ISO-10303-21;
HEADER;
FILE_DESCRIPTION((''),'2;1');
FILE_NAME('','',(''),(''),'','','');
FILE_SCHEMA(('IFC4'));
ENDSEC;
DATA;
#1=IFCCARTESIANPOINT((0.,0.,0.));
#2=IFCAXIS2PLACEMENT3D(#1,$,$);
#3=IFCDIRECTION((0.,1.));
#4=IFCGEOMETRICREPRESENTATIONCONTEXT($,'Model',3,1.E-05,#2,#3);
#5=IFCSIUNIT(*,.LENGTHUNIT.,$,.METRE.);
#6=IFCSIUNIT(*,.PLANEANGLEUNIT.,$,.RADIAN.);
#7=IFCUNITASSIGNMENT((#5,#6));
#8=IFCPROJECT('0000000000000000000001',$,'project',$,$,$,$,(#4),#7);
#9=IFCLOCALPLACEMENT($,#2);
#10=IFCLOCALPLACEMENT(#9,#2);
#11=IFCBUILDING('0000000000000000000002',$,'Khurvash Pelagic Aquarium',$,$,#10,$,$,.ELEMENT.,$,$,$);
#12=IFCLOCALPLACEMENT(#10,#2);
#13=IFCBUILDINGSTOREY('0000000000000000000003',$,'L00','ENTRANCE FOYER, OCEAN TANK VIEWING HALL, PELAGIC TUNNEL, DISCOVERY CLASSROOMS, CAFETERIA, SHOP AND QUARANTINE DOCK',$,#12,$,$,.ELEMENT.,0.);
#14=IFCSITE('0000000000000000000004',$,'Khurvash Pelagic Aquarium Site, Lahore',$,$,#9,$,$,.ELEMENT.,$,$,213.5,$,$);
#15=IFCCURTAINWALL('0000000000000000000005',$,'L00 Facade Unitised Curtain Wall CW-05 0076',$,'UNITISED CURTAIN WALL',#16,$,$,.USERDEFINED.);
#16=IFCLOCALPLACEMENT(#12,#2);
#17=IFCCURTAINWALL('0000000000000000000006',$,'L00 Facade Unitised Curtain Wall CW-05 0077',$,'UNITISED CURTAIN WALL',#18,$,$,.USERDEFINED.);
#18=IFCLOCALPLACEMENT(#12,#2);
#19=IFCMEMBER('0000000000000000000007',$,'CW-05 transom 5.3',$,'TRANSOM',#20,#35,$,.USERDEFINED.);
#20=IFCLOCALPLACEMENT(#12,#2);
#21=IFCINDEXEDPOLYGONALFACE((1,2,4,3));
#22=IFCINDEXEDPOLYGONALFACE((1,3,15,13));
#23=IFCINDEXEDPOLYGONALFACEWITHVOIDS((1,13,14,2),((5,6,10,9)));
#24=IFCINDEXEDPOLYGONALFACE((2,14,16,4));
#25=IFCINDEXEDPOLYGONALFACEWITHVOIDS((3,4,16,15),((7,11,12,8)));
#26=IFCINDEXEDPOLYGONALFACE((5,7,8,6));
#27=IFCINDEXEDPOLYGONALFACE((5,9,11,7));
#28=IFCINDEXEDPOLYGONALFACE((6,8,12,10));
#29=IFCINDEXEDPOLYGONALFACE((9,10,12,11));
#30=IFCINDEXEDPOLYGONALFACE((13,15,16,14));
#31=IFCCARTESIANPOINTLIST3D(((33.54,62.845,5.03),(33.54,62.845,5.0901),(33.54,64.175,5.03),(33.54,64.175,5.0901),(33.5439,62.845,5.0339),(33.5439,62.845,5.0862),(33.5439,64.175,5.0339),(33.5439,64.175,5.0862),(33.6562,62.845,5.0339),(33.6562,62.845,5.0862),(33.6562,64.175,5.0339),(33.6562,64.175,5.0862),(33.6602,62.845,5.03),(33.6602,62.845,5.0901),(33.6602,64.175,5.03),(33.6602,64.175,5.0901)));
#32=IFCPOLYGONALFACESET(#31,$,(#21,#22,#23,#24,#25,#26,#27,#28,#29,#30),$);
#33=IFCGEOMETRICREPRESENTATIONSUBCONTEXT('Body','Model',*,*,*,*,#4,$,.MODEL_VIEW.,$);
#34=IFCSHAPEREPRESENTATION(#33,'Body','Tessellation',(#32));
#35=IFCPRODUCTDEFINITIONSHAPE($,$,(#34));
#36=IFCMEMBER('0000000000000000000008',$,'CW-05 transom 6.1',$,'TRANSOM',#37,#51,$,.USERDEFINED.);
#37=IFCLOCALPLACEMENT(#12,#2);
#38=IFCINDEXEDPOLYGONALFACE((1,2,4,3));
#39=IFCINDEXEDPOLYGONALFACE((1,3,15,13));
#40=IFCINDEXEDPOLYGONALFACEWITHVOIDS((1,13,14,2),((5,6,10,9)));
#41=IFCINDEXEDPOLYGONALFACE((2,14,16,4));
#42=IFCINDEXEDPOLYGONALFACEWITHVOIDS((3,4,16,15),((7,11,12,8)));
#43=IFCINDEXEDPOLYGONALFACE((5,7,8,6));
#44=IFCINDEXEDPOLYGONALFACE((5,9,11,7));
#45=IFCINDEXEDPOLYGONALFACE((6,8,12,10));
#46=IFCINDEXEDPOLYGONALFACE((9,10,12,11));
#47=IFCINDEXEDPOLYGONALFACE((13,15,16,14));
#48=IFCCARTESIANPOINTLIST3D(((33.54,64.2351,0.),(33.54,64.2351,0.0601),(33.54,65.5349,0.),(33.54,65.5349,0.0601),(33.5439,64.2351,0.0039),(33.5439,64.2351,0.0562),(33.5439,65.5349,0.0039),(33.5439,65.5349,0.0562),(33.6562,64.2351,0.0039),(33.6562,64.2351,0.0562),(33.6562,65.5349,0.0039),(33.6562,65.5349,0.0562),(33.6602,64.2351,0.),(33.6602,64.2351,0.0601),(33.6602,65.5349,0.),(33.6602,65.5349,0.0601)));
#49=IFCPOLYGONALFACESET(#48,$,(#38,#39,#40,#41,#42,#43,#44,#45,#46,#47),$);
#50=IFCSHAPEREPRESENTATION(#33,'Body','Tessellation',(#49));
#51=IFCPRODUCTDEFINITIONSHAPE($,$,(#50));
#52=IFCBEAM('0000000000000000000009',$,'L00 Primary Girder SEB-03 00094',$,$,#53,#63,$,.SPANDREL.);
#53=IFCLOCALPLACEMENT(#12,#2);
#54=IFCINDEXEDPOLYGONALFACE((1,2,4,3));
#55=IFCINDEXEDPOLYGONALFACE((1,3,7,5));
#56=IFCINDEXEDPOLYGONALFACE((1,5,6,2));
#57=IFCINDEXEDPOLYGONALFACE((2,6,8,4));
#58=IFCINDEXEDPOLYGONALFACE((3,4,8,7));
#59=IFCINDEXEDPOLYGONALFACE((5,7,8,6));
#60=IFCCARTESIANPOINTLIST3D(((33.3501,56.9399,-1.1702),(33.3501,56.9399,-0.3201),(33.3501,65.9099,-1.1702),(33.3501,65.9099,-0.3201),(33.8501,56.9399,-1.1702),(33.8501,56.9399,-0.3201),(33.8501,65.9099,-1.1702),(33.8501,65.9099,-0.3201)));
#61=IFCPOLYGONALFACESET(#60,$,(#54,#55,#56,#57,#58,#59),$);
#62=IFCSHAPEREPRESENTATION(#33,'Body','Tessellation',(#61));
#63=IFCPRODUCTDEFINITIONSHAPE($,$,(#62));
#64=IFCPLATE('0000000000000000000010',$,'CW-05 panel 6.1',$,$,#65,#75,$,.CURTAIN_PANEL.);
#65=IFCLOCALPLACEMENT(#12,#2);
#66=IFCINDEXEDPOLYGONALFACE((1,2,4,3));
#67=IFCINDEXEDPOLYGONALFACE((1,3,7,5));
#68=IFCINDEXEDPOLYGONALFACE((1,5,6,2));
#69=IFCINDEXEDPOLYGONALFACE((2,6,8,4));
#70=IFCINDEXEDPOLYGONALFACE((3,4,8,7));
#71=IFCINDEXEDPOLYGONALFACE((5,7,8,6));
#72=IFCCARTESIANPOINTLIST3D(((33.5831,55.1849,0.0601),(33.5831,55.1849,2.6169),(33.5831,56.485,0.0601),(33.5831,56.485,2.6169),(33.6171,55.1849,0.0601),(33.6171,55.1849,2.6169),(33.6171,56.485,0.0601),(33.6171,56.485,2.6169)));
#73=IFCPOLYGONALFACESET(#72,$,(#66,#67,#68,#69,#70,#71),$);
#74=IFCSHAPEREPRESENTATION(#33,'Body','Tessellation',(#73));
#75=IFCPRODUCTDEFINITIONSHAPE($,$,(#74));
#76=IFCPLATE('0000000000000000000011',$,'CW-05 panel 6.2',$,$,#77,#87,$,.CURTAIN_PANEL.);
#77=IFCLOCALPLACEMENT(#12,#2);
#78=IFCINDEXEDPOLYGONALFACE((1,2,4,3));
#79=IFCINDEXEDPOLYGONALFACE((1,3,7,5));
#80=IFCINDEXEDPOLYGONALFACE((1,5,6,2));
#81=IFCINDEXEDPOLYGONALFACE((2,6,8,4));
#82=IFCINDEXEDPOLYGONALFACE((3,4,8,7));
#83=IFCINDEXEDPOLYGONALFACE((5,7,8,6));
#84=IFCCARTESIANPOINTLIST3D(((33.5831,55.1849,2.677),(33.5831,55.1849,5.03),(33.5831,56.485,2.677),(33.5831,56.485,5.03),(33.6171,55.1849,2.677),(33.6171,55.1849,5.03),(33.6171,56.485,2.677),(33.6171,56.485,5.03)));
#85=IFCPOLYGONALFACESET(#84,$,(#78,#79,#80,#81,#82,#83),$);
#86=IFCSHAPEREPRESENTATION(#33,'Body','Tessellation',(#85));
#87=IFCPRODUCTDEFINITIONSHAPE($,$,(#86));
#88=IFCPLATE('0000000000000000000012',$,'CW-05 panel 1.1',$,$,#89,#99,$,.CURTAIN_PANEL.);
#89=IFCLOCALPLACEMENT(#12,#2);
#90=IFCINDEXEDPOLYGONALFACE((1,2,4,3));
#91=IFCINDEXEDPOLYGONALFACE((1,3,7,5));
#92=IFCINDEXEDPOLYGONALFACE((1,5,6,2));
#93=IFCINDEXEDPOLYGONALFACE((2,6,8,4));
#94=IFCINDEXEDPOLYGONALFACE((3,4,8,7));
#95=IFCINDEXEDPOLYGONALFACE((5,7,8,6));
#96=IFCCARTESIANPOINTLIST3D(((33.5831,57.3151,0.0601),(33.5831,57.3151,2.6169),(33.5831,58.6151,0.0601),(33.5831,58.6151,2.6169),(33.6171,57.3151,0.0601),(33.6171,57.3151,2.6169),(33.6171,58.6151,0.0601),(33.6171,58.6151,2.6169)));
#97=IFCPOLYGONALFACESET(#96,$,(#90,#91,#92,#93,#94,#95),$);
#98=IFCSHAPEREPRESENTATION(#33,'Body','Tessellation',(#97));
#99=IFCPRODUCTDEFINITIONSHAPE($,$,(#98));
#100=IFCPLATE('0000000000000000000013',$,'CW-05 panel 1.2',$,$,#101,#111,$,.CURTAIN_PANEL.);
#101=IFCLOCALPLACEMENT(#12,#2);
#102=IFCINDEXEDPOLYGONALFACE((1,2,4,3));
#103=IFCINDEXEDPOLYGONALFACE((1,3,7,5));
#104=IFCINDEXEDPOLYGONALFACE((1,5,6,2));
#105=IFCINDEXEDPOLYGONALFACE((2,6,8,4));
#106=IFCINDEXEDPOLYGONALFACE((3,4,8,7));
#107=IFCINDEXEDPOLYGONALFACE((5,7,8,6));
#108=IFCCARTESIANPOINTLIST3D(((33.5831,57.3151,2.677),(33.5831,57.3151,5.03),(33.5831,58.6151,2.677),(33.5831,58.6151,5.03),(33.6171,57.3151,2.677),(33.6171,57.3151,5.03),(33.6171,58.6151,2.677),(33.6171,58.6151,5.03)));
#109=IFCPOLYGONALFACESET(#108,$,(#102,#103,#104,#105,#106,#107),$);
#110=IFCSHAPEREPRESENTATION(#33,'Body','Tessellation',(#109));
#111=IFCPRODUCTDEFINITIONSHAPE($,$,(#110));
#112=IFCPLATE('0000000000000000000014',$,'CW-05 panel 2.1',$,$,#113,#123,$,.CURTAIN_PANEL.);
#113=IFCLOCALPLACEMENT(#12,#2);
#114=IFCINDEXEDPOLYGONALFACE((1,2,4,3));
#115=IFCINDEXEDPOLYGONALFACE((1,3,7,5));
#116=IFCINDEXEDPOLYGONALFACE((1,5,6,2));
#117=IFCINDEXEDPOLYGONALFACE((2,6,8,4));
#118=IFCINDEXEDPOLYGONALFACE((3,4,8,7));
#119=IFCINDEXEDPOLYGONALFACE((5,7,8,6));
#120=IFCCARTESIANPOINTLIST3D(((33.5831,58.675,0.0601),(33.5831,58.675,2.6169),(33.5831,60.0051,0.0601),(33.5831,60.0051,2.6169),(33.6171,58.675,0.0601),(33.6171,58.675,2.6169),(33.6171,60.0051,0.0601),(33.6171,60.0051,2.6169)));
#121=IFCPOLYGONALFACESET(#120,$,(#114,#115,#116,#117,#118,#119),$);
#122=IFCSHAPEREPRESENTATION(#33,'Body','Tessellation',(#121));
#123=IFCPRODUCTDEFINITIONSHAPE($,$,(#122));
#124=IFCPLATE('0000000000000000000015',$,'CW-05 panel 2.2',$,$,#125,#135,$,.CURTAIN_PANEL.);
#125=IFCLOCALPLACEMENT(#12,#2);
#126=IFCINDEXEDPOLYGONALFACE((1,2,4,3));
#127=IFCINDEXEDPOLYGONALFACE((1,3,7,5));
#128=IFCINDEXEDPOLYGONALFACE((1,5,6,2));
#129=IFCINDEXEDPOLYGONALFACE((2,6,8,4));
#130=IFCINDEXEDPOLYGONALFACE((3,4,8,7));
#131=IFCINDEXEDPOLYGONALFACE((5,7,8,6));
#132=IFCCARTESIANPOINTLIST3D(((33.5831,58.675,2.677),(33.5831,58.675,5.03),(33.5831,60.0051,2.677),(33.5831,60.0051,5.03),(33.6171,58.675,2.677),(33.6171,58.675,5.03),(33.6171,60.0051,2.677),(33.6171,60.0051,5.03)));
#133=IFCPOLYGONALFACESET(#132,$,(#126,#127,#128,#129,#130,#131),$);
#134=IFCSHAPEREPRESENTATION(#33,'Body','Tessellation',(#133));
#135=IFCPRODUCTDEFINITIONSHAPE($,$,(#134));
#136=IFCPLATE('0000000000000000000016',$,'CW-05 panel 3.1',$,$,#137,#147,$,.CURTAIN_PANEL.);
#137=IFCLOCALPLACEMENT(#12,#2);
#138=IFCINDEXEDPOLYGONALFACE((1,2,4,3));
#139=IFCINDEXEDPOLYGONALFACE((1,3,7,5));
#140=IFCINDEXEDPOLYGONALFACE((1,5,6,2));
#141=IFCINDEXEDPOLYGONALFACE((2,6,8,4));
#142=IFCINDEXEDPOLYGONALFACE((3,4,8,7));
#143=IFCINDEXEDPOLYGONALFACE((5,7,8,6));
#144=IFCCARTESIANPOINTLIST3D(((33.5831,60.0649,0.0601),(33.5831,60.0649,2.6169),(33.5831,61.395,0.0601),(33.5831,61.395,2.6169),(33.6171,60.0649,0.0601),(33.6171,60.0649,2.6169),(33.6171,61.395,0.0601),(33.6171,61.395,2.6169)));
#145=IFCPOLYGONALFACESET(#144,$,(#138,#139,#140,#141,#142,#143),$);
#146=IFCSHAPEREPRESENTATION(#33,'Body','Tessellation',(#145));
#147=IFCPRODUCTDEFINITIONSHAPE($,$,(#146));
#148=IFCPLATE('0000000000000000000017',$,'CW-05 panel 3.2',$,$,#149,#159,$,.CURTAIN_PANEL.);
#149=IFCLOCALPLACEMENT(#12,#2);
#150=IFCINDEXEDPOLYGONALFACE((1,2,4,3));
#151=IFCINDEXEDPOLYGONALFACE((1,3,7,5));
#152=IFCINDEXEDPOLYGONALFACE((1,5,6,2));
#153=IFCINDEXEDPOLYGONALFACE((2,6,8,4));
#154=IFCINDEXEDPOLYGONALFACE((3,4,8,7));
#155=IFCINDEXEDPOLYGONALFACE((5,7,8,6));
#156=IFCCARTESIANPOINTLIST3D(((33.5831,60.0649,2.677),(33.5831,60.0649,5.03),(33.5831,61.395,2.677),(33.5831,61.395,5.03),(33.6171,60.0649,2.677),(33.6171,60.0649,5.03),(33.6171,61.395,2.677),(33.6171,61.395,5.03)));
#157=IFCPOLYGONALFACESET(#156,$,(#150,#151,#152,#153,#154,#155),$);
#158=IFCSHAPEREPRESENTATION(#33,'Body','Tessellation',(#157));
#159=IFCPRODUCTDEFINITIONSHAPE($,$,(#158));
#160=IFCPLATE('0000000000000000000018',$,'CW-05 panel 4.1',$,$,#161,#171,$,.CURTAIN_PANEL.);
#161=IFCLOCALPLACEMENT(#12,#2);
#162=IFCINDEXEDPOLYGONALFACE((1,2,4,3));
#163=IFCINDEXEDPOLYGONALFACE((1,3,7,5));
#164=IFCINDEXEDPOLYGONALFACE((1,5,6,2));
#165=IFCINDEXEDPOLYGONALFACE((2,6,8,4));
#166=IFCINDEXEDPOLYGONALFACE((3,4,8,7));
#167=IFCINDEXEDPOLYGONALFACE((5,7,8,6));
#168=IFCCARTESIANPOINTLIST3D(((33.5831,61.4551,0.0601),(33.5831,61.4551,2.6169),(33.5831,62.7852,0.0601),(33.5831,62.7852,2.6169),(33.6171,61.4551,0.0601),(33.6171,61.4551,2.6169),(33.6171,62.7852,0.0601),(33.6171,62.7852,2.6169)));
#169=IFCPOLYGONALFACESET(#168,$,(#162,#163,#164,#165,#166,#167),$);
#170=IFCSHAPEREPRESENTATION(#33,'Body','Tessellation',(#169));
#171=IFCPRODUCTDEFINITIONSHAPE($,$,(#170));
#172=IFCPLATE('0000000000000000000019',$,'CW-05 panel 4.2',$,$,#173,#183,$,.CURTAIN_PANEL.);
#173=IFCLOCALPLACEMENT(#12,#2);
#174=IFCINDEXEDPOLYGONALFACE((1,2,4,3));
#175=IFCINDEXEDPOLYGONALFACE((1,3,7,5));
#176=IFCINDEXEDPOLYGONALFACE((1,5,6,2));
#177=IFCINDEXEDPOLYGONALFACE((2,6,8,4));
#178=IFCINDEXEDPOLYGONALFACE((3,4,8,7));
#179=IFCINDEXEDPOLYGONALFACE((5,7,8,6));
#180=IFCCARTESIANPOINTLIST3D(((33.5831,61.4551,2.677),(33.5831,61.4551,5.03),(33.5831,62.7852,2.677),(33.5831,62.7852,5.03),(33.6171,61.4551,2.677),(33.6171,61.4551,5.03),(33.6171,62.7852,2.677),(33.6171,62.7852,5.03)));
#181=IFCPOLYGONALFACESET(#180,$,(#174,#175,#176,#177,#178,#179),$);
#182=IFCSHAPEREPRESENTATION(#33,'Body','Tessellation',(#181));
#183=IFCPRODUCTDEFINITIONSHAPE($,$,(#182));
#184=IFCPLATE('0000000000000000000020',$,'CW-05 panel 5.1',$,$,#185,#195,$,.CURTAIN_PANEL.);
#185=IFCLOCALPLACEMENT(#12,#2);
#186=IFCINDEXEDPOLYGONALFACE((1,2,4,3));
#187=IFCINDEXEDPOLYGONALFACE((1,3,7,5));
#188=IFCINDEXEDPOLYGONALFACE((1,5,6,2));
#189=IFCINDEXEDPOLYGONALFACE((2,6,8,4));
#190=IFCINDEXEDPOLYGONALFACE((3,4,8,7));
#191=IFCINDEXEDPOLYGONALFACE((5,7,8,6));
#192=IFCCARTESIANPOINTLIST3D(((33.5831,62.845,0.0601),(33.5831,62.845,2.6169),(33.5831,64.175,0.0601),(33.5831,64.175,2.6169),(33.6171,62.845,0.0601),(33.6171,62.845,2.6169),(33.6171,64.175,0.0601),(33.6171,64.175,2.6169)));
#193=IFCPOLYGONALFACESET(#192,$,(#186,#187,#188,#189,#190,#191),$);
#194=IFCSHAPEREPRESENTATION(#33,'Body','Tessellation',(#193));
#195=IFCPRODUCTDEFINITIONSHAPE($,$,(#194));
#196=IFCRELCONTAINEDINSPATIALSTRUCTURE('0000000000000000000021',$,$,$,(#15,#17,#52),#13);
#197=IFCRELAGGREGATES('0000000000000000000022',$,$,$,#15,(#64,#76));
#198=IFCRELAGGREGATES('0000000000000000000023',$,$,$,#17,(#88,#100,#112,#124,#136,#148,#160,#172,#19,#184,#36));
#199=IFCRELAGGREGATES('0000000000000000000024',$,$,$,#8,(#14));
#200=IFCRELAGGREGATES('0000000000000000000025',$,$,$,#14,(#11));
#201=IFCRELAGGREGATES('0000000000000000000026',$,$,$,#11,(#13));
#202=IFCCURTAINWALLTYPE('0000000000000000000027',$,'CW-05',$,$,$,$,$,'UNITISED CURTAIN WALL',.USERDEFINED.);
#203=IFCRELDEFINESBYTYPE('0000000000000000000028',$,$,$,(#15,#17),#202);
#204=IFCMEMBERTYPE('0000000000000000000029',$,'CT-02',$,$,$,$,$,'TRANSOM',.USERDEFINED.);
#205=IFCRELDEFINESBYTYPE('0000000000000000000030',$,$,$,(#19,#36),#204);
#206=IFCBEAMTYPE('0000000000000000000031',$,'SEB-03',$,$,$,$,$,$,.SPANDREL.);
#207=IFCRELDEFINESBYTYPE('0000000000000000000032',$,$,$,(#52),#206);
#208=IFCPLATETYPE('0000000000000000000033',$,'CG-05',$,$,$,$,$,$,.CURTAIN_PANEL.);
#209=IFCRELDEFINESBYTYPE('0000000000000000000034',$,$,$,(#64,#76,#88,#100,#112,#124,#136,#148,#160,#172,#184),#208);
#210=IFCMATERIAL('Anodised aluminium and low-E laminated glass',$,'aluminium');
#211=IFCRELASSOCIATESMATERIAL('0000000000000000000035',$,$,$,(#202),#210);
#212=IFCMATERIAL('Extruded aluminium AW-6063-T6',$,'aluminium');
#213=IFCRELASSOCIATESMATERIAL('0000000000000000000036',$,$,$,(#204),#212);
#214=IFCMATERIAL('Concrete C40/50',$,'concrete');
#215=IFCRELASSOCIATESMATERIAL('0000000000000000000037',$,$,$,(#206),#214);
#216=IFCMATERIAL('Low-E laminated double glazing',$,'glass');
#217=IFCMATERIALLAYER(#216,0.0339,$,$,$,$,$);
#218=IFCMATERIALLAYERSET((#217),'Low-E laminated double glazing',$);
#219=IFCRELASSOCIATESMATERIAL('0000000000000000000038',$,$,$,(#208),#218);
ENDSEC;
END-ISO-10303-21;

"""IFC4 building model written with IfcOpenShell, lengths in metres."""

from ifc_helpers import new_model, si_unit, direction, frame, origin, origin_2d, place, context, subcontext, project, spatial, rectangle, hollow_rectangle, extrude, material, layer, layer_set, material_profile, profile_set, type_object, element, aggregate, save


model = new_model("IFC4")

# Units and contexts
model_context = context("Model", 3, precision=1e-05, world=origin(), true_north=direction((0.0, 1.0)))
body_context = subcontext(model_context, "Body", "Model", "MODEL_VIEW")
ifc_project = project(units=[si_unit("LENGTHUNIT", "METRE"), si_unit("PLANEANGLEUNIT", "RADIAN")], contexts=[model_context])

# Site, building, storey
site_placement = place(None, origin())
site = spatial("IfcSite", under=ifc_project, at=site_placement, Name="Khurvash Pelagic Aquarium Site, Lahore", CompositionType="ELEMENT", RefElevation=213.5)
building_placement = place(site_placement, origin())
building = spatial("IfcBuilding", under=site, at=building_placement, Name="Khurvash Pelagic Aquarium", CompositionType="ELEMENT")
storey_placement = place(building_placement, origin())
storey = spatial("IfcBuildingStorey", under=building, at=storey_placement, Name="L00", Description="ENTRANCE FOYER, OCEAN TANK VIEWING HALL, PELAGIC TUNNEL, DISCOVERY CLASSROOMS, CAFETERIA, SHOP AND QUARANTINE DOCK", CompositionType="ELEMENT", Elevation=0.0)

# Shared definitions
ifc_material_1 = material(Name="Concrete C40/50", Category="concrete")

# Curtain wall
ifc_material_2 = material(Name="Anodised aluminium and low-E laminated glass", Category="aluminium")
curtain_wall_type = type_object("IfcCurtainWallType", Name="CW-05", ElementType="UNITISED CURTAIN WALL", PredefinedType="USERDEFINED", material=ifc_material_2)
curtain_wall_1_placement = place(storey_placement, origin())
curtain_wall_1 = element("IfcCurtainWall", 1, at=curtain_wall_1_placement, inside=storey, type_object=curtain_wall_type, Name="L00 Facade Unitised Curtain Wall CW-05 0076", ObjectType="UNITISED CURTAIN WALL", PredefinedType="USERDEFINED")
ifc_material_3 = material(Name="Extruded aluminium AW-6063-T6", Category="aluminium")

# Curtain wall, members
curtain_wall_2_placement = place(storey_placement, origin())
curtain_wall_2 = element("IfcCurtainWall", 2, at=curtain_wall_2_placement, inside=storey, type_object=curtain_wall_type, Name="L00 Facade Unitised Curtain Wall CW-05 0077", ObjectType="UNITISED CURTAIN WALL", PredefinedType="USERDEFINED")
ifc_material_profile_1 = material_profile(ifc_material_3, hollow_rectangle(XDim=0.1201, YDim=0.0601, WallThickness=0.0039, at=origin_2d()), Name="CWT120X60X4")
ifc_profile_set_1 = profile_set([ifc_material_profile_1], Name="Extruded aluminium AW-6063-T6")
member_type_1 = type_object("IfcMemberType", Name="CT-02", ElementType="TRANSOM", PredefinedType="USERDEFINED", material=ifc_profile_set_1)
member_1_placement = place(storey_placement, frame((33.6001, 62.845, 5.0601), z_axis=(0.0, 1.0, 0.0), x_axis=(-1.0, 0.0, 0.0)))
member_1 = element("IfcMember", 3, at=member_1_placement, type_object=member_type_1, Name="CW-05 transom 5.3", ObjectType="TRANSOM", PredefinedType="USERDEFINED", context=body_context, shape_type="SweptSolid", body=[
    extrude(hollow_rectangle(XDim=0.1201, YDim=0.0601, WallThickness=0.0039, at=origin_2d()), origin(), (0.0, 0.0, 1.0), 1.3301),
])
member_2_placement = place(storey_placement, frame((33.6001, 64.2351, 0.03), z_axis=(0.0, 1.0, 0.0), x_axis=(-1.0, 0.0, 0.0)))
member_2 = element("IfcMember", 4, at=member_2_placement, type_object=member_type_1, Name="CW-05 transom 6.1", ObjectType="TRANSOM", PredefinedType="USERDEFINED", context=body_context, shape_type="SweptSolid", body=[
    extrude(hollow_rectangle(XDim=0.1201, YDim=0.0601, WallThickness=0.0039, at=origin_2d()), origin(), (0.0, 0.0, 1.0), 1.2998),
])

# Beam
ifc_material_profile_2 = material_profile(ifc_material_1, rectangle(XDim=0.5, YDim=0.8501, at=origin_2d()), Name="RC500X850")
ifc_profile_set_2 = profile_set([ifc_material_profile_2], Name="Concrete C40/50")
beam_type = type_object("IfcBeamType", Name="SEB-03", PredefinedType="SPANDREL", material=ifc_profile_set_2)
beam_placement = place(storey_placement, frame((33.6001, 56.9399, -0.7451), z_axis=(0.0, 1.0, 0.0), x_axis=(-1.0, 0.0, 0.0)))
element("IfcBeam", 5, at=beam_placement, inside=storey, type_object=beam_type, Name="L00 Primary Girder SEB-03 00094", PredefinedType="SPANDREL", context=body_context, shape_type="SweptSolid", body=[
    extrude(rectangle(XDim=0.5, YDim=0.8501, at=origin_2d()), origin(), (0.0, 0.0, 1.0), 8.97),
])

# Plates
ifc_material_4 = material(Name="Low-E laminated double glazing", Category="glass")
ifc_layer = layer(ifc_material_4, 0.0339)
ifc_layer_set = layer_set([ifc_layer], Name="Low-E laminated double glazing")
plate_type = type_object("IfcPlateType", Name="CG-05", PredefinedType="CURTAIN_PANEL", material=ifc_layer_set)
plate_1_placement = place(storey_placement, frame((33.6001, 55.835, 0.0601), z_axis=(0.0, 0.0, 1.0), x_axis=(0.0, 1.0, 0.0)))
plate_1 = element("IfcPlate", 6, at=plate_1_placement, type_object=plate_type, Name="CW-05 panel 6.1", PredefinedType="CURTAIN_PANEL", context=body_context, shape_type="SweptSolid", body=[
    extrude(rectangle(XDim=1.3, YDim=0.0339, at=origin_2d()), origin(), (0.0, 0.0, 1.0), 2.5569),
])
plate_2_placement = place(storey_placement, frame((33.6001, 55.835, 2.677), z_axis=(0.0, 0.0, 1.0), x_axis=(0.0, 1.0, 0.0)))
plate_2 = element("IfcPlate", 7, at=plate_2_placement, type_object=plate_type, Name="CW-05 panel 6.2", PredefinedType="CURTAIN_PANEL", context=body_context, shape_type="SweptSolid", body=[
    extrude(rectangle(XDim=1.3, YDim=0.0339, at=origin_2d()), origin(), (0.0, 0.0, 1.0), 2.353),
])
aggregate(curtain_wall_1, [plate_1, plate_2])
plate_3_placement = place(storey_placement, frame((33.6001, 57.9651, 0.0601), z_axis=(0.0, 0.0, 1.0), x_axis=(0.0, 1.0, 0.0)))
plate_3 = element("IfcPlate", 8, at=plate_3_placement, type_object=plate_type, Name="CW-05 panel 1.1", PredefinedType="CURTAIN_PANEL", context=body_context, shape_type="SweptSolid", body=[
    extrude(rectangle(XDim=1.3, YDim=0.0339, at=origin_2d()), origin(), (0.0, 0.0, 1.0), 2.5569),
])
plate_4_placement = place(storey_placement, frame((33.6001, 57.9651, 2.677), z_axis=(0.0, 0.0, 1.0), x_axis=(0.0, 1.0, 0.0)))
plate_4 = element("IfcPlate", 9, at=plate_4_placement, type_object=plate_type, Name="CW-05 panel 1.2", PredefinedType="CURTAIN_PANEL", context=body_context, shape_type="SweptSolid", body=[
    extrude(rectangle(XDim=1.3, YDim=0.0339, at=origin_2d()), origin(), (0.0, 0.0, 1.0), 2.353),
])
plate_5_placement = place(storey_placement, frame((33.6001, 59.3401, 0.0601), z_axis=(0.0, 0.0, 1.0), x_axis=(0.0, 1.0, 0.0)))
plate_5 = element("IfcPlate", 10, at=plate_5_placement, type_object=plate_type, Name="CW-05 panel 2.1", PredefinedType="CURTAIN_PANEL", context=body_context, shape_type="SweptSolid", body=[
    extrude(rectangle(XDim=1.3301, YDim=0.0339, at=origin_2d()), origin(), (0.0, 0.0, 1.0), 2.5569),
])
plate_6_placement = place(storey_placement, frame((33.6001, 59.3401, 2.677), z_axis=(0.0, 0.0, 1.0), x_axis=(0.0, 1.0, 0.0)))
plate_6 = element("IfcPlate", 11, at=plate_6_placement, type_object=plate_type, Name="CW-05 panel 2.2", PredefinedType="CURTAIN_PANEL", context=body_context, shape_type="SweptSolid", body=[
    extrude(rectangle(XDim=1.3301, YDim=0.0339, at=origin_2d()), origin(), (0.0, 0.0, 1.0), 2.353),
])
plate_7_placement = place(storey_placement, frame((33.6001, 60.73, 0.0601), z_axis=(0.0, 0.0, 1.0), x_axis=(0.0, 1.0, 0.0)))
plate_7 = element("IfcPlate", 12, at=plate_7_placement, type_object=plate_type, Name="CW-05 panel 3.1", PredefinedType="CURTAIN_PANEL", context=body_context, shape_type="SweptSolid", body=[
    extrude(rectangle(XDim=1.3301, YDim=0.0339, at=origin_2d()), origin(), (0.0, 0.0, 1.0), 2.5569),
])
plate_8_placement = place(storey_placement, frame((33.6001, 60.73, 2.677), z_axis=(0.0, 0.0, 1.0), x_axis=(0.0, 1.0, 0.0)))
plate_8 = element("IfcPlate", 13, at=plate_8_placement, type_object=plate_type, Name="CW-05 panel 3.2", PredefinedType="CURTAIN_PANEL", context=body_context, shape_type="SweptSolid", body=[
    extrude(rectangle(XDim=1.3301, YDim=0.0339, at=origin_2d()), origin(), (0.0, 0.0, 1.0), 2.353),
])
plate_9_placement = place(storey_placement, frame((33.6001, 62.1201, 0.0601), z_axis=(0.0, 0.0, 1.0), x_axis=(0.0, 1.0, 0.0)))
plate_9 = element("IfcPlate", 14, at=plate_9_placement, type_object=plate_type, Name="CW-05 panel 4.1", PredefinedType="CURTAIN_PANEL", context=body_context, shape_type="SweptSolid", body=[
    extrude(rectangle(XDim=1.3301, YDim=0.0339, at=origin_2d()), origin(), (0.0, 0.0, 1.0), 2.5569),
])
plate_10_placement = place(storey_placement, frame((33.6001, 62.1201, 2.677), z_axis=(0.0, 0.0, 1.0), x_axis=(0.0, 1.0, 0.0)))
plate_10 = element("IfcPlate", 15, at=plate_10_placement, type_object=plate_type, Name="CW-05 panel 4.2", PredefinedType="CURTAIN_PANEL", context=body_context, shape_type="SweptSolid", body=[
    extrude(rectangle(XDim=1.3301, YDim=0.0339, at=origin_2d()), origin(), (0.0, 0.0, 1.0), 2.353),
])
plate_11_placement = place(storey_placement, frame((33.6001, 63.51, 0.0601), z_axis=(0.0, 0.0, 1.0), x_axis=(0.0, 1.0, 0.0)))
plate_11 = element("IfcPlate", 16, at=plate_11_placement, type_object=plate_type, Name="CW-05 panel 5.1", PredefinedType="CURTAIN_PANEL", context=body_context, shape_type="SweptSolid", body=[
    extrude(rectangle(XDim=1.3301, YDim=0.0339, at=origin_2d()), origin(), (0.0, 0.0, 1.0), 2.5569),
])
aggregate(curtain_wall_2, [plate_3, plate_4, plate_5, plate_6, plate_7, plate_8, plate_9, plate_10, member_1, plate_11, member_2])

save(model, "model.ifc")
